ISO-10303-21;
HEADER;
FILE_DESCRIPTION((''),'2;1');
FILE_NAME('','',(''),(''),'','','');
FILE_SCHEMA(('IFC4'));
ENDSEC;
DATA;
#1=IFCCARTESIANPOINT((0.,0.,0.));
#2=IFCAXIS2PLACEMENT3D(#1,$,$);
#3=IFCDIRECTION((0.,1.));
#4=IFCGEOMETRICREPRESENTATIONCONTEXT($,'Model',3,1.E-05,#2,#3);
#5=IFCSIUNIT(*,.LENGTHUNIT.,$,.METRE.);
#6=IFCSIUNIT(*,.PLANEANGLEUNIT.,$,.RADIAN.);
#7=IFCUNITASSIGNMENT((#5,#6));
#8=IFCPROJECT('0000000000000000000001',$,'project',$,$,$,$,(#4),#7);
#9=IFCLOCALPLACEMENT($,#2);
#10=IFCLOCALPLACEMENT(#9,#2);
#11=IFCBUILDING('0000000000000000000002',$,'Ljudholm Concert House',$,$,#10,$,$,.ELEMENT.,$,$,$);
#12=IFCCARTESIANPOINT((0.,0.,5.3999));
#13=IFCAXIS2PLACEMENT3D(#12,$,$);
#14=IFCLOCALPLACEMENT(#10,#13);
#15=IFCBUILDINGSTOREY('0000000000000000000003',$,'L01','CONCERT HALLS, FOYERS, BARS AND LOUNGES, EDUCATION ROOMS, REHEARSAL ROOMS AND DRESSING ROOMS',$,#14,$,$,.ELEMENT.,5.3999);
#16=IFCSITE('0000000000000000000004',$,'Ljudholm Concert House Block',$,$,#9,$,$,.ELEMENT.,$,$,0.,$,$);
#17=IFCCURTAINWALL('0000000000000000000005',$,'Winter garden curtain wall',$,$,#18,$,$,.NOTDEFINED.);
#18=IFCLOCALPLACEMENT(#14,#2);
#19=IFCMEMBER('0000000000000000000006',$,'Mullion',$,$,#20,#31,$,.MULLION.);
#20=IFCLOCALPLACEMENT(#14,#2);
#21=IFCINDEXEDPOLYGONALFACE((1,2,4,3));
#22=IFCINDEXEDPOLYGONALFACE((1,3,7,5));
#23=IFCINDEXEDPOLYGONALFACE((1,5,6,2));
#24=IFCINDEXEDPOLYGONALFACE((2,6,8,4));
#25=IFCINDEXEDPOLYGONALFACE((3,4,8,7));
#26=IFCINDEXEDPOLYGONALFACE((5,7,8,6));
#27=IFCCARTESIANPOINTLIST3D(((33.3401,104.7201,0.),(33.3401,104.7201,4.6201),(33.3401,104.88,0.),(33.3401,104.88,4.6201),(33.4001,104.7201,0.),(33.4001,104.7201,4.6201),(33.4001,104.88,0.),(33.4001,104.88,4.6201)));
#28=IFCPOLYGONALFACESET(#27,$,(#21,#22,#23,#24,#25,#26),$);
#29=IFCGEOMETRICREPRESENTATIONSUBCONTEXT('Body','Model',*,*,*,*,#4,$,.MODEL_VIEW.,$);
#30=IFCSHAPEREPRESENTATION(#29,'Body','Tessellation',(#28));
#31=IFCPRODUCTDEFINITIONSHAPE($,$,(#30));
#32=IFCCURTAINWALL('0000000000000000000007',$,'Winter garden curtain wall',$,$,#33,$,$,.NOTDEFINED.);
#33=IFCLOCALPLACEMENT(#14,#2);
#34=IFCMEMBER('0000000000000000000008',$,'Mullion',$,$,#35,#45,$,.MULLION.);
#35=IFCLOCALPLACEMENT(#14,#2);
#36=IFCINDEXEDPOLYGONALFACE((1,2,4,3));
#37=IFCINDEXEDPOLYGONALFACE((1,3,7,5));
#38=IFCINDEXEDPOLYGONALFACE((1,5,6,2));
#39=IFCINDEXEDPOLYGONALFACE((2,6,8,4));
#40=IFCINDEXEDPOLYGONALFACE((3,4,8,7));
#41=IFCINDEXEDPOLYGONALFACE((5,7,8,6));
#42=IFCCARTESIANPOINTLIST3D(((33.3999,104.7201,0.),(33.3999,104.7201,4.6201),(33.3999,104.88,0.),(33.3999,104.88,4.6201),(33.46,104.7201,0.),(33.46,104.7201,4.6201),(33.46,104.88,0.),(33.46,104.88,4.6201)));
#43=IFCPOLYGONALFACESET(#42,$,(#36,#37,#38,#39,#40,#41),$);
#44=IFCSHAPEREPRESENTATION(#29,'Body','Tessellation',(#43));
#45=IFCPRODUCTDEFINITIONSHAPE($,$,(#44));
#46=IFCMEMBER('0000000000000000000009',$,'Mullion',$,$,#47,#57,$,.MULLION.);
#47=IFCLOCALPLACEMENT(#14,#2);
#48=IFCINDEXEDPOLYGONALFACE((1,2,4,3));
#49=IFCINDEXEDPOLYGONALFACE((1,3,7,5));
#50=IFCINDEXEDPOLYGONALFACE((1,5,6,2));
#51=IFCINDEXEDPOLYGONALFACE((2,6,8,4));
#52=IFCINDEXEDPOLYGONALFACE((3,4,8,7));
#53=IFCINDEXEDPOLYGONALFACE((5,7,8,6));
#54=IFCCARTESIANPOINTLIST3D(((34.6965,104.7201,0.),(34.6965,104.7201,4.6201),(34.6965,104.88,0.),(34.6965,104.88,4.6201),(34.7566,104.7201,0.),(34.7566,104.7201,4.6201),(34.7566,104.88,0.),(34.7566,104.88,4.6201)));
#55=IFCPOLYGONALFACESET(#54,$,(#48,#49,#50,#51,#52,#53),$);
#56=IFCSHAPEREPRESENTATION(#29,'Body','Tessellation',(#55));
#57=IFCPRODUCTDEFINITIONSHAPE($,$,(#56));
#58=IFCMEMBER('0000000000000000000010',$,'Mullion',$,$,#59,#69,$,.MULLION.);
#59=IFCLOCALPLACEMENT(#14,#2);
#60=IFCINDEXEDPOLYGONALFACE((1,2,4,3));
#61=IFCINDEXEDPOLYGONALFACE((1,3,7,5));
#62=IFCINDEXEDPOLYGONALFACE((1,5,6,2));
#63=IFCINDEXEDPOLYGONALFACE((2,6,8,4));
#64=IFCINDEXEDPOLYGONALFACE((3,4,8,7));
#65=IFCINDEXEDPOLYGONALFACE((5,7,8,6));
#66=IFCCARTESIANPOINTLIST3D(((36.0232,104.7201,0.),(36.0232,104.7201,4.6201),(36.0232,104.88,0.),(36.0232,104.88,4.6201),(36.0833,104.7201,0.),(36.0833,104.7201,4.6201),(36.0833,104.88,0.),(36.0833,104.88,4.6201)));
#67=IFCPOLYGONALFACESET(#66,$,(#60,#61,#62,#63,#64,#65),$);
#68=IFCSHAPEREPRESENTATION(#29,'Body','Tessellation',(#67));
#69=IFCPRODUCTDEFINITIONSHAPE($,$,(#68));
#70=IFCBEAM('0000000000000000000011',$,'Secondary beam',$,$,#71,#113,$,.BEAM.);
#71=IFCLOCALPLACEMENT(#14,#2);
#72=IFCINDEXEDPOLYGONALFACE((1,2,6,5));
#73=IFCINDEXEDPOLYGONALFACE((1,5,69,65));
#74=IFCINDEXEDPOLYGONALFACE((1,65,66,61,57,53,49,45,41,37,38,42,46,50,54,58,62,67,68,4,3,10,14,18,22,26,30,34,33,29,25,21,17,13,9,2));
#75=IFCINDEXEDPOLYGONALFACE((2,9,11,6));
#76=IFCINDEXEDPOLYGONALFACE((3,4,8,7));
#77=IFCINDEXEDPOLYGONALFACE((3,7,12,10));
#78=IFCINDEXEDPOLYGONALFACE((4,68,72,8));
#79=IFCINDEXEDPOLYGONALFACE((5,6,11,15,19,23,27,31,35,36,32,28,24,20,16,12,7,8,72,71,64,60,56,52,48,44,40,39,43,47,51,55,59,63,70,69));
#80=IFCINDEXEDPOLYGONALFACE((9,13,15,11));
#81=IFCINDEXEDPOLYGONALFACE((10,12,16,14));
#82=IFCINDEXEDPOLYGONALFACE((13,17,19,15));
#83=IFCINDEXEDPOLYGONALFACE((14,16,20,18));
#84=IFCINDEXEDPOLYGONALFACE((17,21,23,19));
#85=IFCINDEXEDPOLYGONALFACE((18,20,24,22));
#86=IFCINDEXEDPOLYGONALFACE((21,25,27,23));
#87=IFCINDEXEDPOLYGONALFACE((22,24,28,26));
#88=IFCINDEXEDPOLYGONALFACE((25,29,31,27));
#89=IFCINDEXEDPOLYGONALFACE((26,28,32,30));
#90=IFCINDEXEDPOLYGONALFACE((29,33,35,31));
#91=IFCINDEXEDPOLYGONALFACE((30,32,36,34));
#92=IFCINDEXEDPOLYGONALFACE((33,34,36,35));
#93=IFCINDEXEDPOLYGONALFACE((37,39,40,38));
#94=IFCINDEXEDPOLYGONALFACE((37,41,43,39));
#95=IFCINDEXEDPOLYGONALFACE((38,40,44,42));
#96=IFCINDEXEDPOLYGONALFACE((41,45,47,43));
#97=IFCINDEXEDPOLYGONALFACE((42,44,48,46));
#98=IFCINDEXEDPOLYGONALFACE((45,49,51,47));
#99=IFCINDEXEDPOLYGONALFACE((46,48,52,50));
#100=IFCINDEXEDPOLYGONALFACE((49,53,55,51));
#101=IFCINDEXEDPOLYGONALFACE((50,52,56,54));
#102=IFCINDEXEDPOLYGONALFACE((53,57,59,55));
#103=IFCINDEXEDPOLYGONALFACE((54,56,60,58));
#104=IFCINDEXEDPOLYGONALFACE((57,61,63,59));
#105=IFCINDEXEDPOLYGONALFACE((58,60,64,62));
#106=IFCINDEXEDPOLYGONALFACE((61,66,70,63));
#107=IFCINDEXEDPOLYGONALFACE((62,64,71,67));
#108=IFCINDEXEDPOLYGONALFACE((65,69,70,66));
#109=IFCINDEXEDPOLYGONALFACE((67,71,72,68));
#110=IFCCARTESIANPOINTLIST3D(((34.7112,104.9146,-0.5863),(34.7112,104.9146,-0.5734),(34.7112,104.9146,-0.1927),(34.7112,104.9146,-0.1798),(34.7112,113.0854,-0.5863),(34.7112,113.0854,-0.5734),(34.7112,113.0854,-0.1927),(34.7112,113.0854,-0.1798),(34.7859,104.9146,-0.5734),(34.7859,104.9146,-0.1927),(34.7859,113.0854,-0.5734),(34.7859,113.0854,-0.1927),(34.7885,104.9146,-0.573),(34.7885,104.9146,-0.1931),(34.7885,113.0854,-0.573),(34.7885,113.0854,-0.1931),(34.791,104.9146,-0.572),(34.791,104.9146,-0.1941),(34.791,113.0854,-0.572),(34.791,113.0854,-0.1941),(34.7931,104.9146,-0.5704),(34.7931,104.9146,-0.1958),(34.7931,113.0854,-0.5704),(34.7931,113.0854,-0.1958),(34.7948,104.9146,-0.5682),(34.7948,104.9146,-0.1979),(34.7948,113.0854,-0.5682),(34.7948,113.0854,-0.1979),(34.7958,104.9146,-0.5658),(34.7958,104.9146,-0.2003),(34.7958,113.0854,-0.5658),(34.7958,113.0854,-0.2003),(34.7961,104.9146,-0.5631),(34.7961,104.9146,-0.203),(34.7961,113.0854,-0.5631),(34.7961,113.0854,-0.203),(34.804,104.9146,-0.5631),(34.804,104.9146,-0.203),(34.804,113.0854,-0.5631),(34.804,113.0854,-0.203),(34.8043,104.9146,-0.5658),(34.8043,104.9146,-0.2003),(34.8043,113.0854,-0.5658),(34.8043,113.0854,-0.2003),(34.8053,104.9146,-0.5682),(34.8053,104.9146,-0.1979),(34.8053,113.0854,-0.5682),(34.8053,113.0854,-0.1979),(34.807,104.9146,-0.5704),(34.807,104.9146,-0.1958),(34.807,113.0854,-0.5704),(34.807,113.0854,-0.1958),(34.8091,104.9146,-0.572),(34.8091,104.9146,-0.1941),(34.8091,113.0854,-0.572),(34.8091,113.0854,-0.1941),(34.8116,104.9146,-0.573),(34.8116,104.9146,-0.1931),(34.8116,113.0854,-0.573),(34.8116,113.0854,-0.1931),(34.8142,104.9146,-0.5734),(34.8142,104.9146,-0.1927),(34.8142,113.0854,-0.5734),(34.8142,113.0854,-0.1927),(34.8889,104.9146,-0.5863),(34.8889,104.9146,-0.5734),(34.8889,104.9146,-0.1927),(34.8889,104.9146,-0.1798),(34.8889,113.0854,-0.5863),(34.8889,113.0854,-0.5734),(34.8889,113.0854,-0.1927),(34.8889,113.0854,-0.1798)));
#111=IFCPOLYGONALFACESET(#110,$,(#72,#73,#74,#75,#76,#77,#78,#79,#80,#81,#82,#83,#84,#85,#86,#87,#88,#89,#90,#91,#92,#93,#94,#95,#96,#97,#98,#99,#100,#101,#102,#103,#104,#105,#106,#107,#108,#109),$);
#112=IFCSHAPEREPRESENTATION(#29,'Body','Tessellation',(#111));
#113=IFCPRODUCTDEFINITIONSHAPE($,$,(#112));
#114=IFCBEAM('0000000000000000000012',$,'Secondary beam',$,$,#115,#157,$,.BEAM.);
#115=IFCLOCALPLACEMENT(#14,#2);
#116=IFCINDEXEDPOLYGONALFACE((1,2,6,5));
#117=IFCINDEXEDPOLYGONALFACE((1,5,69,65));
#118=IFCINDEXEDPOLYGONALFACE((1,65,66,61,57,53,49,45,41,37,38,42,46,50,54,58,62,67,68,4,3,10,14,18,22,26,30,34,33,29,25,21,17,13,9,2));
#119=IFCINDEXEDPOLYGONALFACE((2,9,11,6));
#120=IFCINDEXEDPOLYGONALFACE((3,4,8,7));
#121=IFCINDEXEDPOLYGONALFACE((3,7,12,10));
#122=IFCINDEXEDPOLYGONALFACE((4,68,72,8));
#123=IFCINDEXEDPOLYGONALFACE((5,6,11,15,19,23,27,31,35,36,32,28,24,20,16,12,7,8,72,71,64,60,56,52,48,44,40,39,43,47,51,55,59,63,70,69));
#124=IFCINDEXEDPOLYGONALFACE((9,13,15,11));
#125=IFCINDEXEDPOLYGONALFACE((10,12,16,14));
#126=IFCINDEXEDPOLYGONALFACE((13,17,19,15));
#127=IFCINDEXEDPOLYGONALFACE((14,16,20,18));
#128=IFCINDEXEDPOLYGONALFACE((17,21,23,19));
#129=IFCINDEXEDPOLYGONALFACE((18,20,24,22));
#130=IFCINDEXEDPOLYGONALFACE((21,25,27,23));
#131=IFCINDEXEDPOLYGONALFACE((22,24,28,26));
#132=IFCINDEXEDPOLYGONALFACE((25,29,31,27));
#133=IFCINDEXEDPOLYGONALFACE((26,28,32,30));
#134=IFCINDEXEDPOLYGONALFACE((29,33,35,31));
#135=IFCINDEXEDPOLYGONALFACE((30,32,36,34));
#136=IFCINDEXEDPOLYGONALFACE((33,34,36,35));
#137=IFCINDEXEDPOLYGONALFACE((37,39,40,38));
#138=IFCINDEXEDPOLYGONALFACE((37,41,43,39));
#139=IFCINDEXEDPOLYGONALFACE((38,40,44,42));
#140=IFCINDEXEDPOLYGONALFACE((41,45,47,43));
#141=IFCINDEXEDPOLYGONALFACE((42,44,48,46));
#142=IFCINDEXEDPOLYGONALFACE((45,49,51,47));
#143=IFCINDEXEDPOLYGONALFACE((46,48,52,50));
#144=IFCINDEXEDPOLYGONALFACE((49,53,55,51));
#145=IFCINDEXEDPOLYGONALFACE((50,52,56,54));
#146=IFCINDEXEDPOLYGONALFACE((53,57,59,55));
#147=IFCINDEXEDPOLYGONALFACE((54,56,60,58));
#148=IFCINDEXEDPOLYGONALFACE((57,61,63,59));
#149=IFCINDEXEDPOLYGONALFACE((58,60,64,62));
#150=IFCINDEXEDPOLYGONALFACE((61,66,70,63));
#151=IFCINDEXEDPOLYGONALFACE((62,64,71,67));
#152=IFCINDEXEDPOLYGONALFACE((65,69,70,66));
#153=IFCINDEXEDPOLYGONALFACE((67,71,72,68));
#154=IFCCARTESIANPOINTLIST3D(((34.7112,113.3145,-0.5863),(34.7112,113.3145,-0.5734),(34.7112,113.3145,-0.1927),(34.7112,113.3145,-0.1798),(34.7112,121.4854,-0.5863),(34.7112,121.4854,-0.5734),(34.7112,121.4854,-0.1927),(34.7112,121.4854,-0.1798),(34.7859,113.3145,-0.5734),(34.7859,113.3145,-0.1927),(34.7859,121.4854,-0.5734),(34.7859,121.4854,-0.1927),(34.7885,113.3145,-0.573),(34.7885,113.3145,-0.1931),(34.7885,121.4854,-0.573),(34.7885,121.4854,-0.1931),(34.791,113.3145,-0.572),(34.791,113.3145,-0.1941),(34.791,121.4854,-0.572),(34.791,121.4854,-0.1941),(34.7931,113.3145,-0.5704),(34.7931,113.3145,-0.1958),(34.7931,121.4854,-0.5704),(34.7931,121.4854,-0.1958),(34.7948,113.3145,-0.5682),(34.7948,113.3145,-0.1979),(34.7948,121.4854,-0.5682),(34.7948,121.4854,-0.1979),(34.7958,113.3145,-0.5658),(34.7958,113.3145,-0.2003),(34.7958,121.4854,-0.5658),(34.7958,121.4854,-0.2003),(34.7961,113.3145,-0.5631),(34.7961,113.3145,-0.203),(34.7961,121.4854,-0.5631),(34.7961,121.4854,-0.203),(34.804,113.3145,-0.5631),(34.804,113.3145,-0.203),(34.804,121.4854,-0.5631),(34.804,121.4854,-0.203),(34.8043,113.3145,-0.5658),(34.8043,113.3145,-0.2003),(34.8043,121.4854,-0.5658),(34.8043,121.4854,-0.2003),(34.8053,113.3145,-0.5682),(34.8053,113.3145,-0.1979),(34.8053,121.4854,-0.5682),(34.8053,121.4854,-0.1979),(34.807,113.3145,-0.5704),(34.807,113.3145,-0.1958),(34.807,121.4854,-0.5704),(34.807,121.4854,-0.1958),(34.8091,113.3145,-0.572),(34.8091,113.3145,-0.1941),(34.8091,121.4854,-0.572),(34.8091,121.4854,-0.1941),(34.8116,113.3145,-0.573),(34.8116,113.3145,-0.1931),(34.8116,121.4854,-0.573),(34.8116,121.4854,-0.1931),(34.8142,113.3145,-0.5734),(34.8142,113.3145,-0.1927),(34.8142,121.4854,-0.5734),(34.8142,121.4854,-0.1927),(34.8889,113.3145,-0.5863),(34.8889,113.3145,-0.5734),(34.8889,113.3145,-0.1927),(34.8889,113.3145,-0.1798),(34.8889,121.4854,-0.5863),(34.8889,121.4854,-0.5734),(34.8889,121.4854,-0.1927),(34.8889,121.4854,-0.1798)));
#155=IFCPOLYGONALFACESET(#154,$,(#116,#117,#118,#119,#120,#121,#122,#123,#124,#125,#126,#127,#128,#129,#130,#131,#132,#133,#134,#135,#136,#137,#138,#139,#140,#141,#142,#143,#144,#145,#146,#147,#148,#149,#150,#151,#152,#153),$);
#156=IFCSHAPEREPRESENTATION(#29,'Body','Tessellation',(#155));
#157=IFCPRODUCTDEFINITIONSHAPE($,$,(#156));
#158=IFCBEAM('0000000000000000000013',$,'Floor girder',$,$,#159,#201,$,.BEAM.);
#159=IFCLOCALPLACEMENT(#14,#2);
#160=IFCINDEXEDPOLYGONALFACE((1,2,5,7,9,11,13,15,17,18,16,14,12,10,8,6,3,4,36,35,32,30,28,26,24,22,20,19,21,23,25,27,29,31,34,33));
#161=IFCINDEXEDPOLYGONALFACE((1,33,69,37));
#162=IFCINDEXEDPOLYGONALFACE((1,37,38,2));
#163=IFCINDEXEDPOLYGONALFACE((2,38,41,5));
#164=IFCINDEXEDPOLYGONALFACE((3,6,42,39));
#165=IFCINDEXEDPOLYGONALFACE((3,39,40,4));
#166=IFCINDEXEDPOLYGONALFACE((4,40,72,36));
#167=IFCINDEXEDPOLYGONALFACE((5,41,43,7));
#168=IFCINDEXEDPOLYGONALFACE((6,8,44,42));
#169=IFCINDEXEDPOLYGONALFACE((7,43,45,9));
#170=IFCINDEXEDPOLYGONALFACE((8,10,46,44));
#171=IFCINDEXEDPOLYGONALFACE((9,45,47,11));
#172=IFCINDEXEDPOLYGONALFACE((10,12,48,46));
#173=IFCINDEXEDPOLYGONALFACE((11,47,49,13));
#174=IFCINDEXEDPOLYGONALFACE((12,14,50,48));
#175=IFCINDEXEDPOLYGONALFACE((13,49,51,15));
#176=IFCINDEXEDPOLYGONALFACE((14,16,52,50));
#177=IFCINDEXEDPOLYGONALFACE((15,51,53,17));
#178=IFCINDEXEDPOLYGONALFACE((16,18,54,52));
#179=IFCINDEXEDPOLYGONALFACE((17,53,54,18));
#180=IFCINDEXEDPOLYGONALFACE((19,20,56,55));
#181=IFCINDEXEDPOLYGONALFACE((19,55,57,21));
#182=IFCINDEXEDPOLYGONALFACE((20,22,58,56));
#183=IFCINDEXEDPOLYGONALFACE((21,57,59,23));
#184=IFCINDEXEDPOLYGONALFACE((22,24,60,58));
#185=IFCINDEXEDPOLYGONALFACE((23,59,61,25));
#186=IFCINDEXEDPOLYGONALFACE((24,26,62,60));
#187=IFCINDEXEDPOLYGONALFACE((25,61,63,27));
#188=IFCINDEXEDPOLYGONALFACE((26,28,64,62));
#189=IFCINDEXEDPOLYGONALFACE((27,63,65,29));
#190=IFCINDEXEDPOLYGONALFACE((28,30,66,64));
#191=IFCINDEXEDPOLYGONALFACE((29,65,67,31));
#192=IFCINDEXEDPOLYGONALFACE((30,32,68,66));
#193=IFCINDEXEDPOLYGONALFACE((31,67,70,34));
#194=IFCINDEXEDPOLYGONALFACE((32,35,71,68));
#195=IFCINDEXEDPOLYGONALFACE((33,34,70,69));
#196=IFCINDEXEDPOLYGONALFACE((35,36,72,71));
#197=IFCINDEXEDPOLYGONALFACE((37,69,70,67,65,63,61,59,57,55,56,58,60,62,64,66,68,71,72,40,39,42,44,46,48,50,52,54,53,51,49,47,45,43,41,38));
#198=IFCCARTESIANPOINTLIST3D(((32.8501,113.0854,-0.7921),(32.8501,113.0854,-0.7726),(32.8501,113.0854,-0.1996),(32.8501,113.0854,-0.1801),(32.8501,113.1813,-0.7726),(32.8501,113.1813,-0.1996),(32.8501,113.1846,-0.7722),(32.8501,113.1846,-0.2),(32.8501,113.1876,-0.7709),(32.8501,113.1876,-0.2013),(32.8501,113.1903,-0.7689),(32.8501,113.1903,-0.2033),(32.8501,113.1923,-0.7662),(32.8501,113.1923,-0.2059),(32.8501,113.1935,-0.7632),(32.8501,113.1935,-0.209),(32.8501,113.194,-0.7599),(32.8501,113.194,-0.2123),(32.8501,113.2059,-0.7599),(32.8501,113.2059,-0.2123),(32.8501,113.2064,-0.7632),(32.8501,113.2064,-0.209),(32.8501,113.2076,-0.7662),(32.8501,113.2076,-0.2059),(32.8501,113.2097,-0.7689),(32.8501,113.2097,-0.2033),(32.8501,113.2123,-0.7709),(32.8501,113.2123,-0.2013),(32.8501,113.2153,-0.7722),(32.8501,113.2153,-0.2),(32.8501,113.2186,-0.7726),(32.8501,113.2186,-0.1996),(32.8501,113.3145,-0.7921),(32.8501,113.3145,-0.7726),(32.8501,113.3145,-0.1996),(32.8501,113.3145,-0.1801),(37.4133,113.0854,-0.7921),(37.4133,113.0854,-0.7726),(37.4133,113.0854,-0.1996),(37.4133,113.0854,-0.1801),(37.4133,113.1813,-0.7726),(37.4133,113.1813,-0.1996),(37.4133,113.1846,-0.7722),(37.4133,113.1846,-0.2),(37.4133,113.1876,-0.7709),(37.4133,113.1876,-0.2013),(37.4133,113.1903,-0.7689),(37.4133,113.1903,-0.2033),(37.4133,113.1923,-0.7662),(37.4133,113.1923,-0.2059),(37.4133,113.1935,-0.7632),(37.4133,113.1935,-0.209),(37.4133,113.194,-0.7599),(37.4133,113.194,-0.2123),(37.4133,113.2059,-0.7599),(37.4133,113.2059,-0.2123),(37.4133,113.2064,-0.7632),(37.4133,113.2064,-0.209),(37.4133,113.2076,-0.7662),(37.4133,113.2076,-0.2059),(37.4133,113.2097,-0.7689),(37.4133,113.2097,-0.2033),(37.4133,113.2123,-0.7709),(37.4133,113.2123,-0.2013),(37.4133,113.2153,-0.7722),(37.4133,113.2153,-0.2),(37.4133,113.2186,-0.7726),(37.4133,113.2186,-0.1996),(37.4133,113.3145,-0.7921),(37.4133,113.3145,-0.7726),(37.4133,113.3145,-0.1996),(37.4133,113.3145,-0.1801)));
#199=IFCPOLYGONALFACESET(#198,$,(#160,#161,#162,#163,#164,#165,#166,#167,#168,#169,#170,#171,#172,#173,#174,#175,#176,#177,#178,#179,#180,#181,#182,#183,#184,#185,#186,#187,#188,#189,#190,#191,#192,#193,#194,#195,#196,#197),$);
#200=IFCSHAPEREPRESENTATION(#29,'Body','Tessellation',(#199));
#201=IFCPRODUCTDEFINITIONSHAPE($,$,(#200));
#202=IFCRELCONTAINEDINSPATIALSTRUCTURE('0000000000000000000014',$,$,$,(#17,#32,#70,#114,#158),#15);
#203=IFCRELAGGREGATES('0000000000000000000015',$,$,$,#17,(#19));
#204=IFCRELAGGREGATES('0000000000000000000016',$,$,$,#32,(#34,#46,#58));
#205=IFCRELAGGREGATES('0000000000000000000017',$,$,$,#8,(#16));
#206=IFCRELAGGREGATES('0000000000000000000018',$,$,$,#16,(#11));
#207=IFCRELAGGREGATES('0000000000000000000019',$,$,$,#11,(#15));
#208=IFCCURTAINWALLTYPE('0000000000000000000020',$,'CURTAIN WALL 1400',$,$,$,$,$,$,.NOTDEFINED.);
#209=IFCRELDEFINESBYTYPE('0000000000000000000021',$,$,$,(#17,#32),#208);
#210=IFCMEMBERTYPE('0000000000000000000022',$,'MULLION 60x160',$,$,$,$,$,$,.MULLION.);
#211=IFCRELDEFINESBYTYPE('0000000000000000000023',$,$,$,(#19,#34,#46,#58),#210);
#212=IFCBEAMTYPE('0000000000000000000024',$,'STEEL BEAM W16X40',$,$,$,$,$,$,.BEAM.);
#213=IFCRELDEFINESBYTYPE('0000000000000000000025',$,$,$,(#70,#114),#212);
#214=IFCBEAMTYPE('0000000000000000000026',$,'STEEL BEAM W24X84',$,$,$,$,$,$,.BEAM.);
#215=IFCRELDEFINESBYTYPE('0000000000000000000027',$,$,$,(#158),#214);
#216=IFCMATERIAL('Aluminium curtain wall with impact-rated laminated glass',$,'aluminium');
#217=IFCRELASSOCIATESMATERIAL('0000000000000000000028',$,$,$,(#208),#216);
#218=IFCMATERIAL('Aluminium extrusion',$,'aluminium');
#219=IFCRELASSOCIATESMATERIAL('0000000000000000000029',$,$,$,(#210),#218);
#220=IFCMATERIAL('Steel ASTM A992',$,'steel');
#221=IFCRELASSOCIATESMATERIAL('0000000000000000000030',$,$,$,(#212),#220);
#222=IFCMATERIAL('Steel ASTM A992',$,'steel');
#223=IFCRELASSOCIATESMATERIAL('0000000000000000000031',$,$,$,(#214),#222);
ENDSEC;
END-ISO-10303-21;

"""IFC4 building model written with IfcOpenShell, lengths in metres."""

from ifc_helpers import new_model, si_unit, direction, frame, origin, origin_2d, place, context, subcontext, project, spatial, rectangle, i_section, extrude, material, material_profile, profile_set, type_object, element, aggregate, save


model = new_model("IFC4")

# Units and contexts
model_context = context("Model", 3, precision=1e-05, world=origin(), true_north=direction((0.0, 1.0)))
body_context = subcontext(model_context, "Body", "Model", "MODEL_VIEW")
ifc_project = project(units=[si_unit("LENGTHUNIT", "METRE"), si_unit("PLANEANGLEUNIT", "RADIAN")], contexts=[model_context])

# Site, building, storey
site_placement = place(None, origin())
site = spatial("IfcSite", under=ifc_project, at=site_placement, Name="Ljudholm Concert House Block", CompositionType="ELEMENT", RefElevation=0.0)
building_placement = place(site_placement, origin())
building = spatial("IfcBuilding", under=site, at=building_placement, Name="Ljudholm Concert House", CompositionType="ELEMENT")
storey_placement = place(building_placement, frame((0.0, 0.0, 5.3999)))
storey = spatial("IfcBuildingStorey", under=building, at=storey_placement, Name="L01", Description="CONCERT HALLS, FOYERS, BARS AND LOUNGES, EDUCATION ROOMS, REHEARSAL ROOMS AND DRESSING ROOMS", CompositionType="ELEMENT", Elevation=5.3999)

# Curtain wall, member
ifc_material_1 = material(Name="Aluminium curtain wall with impact-rated laminated glass", Category="aluminium")
curtain_wall_type = type_object("IfcCurtainWallType", Name="CURTAIN WALL 1400", PredefinedType="NOTDEFINED", material=ifc_material_1)
curtain_wall_1_placement = place(storey_placement, origin())
curtain_wall_1 = element("IfcCurtainWall", 1, at=curtain_wall_1_placement, inside=storey, type_object=curtain_wall_type, Name="Winter garden curtain wall", PredefinedType="NOTDEFINED")
ifc_material_2 = material(Name="Aluminium extrusion", Category="aluminium")
ifc_material_profile_1 = material_profile(ifc_material_2, rectangle(XDim=0.1599, YDim=0.0601, at=origin_2d()), Name="MULLION 60x160")
ifc_profile_set_1 = profile_set([ifc_material_profile_1], Name="Aluminium extrusion")
member_type_1 = type_object("IfcMemberType", Name="MULLION 60x160", PredefinedType="MULLION", material=ifc_profile_set_1)
member_1_placement = place(storey_placement, frame((33.3701, 104.8, 0.0), z_axis=(0.0, 0.0, 1.0), x_axis=(0.0, 1.0, 0.0)))
member_1 = element("IfcMember", 2, at=member_1_placement, type_object=member_type_1, Name="Mullion", PredefinedType="MULLION", context=body_context, shape_type="SweptSolid", body=[
    extrude(rectangle(XDim=0.1599, YDim=0.0601, at=origin_2d()), origin(), (0.0, 0.0, 1.0), 4.6201),
])
aggregate(curtain_wall_1, [member_1])

# Curtain wall, members
curtain_wall_2_placement = place(storey_placement, origin())
curtain_wall_2 = element("IfcCurtainWall", 3, at=curtain_wall_2_placement, inside=storey, type_object=curtain_wall_type, Name="Winter garden curtain wall", PredefinedType="NOTDEFINED")
member_2_placement = place(storey_placement, frame((33.4299, 104.8, 0.0), z_axis=(0.0, 0.0, 1.0), x_axis=(0.0, 1.0, 0.0)))
member_2 = element("IfcMember", 4, at=member_2_placement, type_object=member_type_1, Name="Mullion", PredefinedType="MULLION", context=body_context, shape_type="SweptSolid", body=[
    extrude(rectangle(XDim=0.1599, YDim=0.0601, at=origin_2d()), origin(), (0.0, 0.0, 1.0), 4.6201),
])
member_3_placement = place(storey_placement, frame((34.7266, 104.8, 0.0), z_axis=(0.0, 0.0, 1.0), x_axis=(0.0, 1.0, 0.0)))
member_3 = element("IfcMember", 5, at=member_3_placement, type_object=member_type_1, Name="Mullion", PredefinedType="MULLION", context=body_context, shape_type="SweptSolid", body=[
    extrude(rectangle(XDim=0.1599, YDim=0.0601, at=origin_2d()), origin(), (0.0, 0.0, 1.0), 4.6201),
])
member_4_placement = place(storey_placement, frame((36.0532, 104.8, 0.0), z_axis=(0.0, 0.0, 1.0), x_axis=(0.0, 1.0, 0.0)))
member_4 = element("IfcMember", 6, at=member_4_placement, type_object=member_type_1, Name="Mullion", PredefinedType="MULLION", context=body_context, shape_type="SweptSolid", body=[
    extrude(rectangle(XDim=0.1599, YDim=0.0601, at=origin_2d()), origin(), (0.0, 0.0, 1.0), 4.6201),
])

# Beams
ifc_material_3 = material(Name="Steel ASTM A992", Category="steel")
ifc_material_profile_2 = material_profile(ifc_material_3, i_section(OverallWidth=0.1777, OverallDepth=0.4065, WebThickness=0.0078, FlangeThickness=0.0129, FilletRadius=0.0103, at=origin_2d()), Name="W16X40")
ifc_profile_set_2 = profile_set([ifc_material_profile_2], Name="Steel ASTM A992")
beam_type_1 = type_object("IfcBeamType", Name="STEEL BEAM W16X40", PredefinedType="BEAM", material=ifc_profile_set_2)
for number, where, z_axis, x_axis, name in (
    (7, (34.8, 104.9146, -0.3831), (0.0, 1.0, 0.0), (-1.0, 0.0, 0.0), "Secondary beam"),
    (8, (34.8, 113.3145, -0.3831), (0.0, 1.0, 0.0), (-1.0, 0.0, 0.0), "Secondary beam"),
):
    element("IfcBeam", number, at=place(storey_placement, frame(where, z_axis=z_axis, x_axis=x_axis)), inside=storey, type_object=beam_type_1, Name=name, PredefinedType="BEAM", context=body_context, shape_type="SweptSolid", body=[
        extrude(i_section(OverallWidth=0.1777, OverallDepth=0.4065, WebThickness=0.0078, FlangeThickness=0.0129, FilletRadius=0.0103, at=origin_2d()), origin(), (0.0, 0.0, 1.0), 8.1709),
    ])
ifc_material_4 = material(Name="Steel ASTM A992", Category="steel")
ifc_material_profile_3 = material_profile(ifc_material_4, i_section(OverallWidth=0.229, OverallDepth=0.6121, WebThickness=0.012, FlangeThickness=0.0195, FilletRadius=0.0127, at=origin_2d()), Name="W24X84")
ifc_profile_set_3 = profile_set([ifc_material_profile_3], Name="Steel ASTM A992")
beam_type_2 = type_object("IfcBeamType", Name="STEEL BEAM W24X84", PredefinedType="BEAM", material=ifc_profile_set_3)
beam_placement = place(storey_placement, frame((32.8501, 113.2, -0.4861), z_axis=(1.0, 0.0, 0.0), x_axis=(0.0, 1.0, 0.0)))
element("IfcBeam", 9, at=beam_placement, inside=storey, type_object=beam_type_2, Name="Floor girder", PredefinedType="BEAM", context=body_context, shape_type="SweptSolid", body=[
    extrude(i_section(OverallWidth=0.229, OverallDepth=0.6121, WebThickness=0.012, FlangeThickness=0.0195, FilletRadius=0.0127, at=origin_2d()), origin(), (0.0, 0.0, 1.0), 4.5632),
])

aggregate(curtain_wall_2, [member_2, member_3, member_4])

save(model, "model.ifc")
